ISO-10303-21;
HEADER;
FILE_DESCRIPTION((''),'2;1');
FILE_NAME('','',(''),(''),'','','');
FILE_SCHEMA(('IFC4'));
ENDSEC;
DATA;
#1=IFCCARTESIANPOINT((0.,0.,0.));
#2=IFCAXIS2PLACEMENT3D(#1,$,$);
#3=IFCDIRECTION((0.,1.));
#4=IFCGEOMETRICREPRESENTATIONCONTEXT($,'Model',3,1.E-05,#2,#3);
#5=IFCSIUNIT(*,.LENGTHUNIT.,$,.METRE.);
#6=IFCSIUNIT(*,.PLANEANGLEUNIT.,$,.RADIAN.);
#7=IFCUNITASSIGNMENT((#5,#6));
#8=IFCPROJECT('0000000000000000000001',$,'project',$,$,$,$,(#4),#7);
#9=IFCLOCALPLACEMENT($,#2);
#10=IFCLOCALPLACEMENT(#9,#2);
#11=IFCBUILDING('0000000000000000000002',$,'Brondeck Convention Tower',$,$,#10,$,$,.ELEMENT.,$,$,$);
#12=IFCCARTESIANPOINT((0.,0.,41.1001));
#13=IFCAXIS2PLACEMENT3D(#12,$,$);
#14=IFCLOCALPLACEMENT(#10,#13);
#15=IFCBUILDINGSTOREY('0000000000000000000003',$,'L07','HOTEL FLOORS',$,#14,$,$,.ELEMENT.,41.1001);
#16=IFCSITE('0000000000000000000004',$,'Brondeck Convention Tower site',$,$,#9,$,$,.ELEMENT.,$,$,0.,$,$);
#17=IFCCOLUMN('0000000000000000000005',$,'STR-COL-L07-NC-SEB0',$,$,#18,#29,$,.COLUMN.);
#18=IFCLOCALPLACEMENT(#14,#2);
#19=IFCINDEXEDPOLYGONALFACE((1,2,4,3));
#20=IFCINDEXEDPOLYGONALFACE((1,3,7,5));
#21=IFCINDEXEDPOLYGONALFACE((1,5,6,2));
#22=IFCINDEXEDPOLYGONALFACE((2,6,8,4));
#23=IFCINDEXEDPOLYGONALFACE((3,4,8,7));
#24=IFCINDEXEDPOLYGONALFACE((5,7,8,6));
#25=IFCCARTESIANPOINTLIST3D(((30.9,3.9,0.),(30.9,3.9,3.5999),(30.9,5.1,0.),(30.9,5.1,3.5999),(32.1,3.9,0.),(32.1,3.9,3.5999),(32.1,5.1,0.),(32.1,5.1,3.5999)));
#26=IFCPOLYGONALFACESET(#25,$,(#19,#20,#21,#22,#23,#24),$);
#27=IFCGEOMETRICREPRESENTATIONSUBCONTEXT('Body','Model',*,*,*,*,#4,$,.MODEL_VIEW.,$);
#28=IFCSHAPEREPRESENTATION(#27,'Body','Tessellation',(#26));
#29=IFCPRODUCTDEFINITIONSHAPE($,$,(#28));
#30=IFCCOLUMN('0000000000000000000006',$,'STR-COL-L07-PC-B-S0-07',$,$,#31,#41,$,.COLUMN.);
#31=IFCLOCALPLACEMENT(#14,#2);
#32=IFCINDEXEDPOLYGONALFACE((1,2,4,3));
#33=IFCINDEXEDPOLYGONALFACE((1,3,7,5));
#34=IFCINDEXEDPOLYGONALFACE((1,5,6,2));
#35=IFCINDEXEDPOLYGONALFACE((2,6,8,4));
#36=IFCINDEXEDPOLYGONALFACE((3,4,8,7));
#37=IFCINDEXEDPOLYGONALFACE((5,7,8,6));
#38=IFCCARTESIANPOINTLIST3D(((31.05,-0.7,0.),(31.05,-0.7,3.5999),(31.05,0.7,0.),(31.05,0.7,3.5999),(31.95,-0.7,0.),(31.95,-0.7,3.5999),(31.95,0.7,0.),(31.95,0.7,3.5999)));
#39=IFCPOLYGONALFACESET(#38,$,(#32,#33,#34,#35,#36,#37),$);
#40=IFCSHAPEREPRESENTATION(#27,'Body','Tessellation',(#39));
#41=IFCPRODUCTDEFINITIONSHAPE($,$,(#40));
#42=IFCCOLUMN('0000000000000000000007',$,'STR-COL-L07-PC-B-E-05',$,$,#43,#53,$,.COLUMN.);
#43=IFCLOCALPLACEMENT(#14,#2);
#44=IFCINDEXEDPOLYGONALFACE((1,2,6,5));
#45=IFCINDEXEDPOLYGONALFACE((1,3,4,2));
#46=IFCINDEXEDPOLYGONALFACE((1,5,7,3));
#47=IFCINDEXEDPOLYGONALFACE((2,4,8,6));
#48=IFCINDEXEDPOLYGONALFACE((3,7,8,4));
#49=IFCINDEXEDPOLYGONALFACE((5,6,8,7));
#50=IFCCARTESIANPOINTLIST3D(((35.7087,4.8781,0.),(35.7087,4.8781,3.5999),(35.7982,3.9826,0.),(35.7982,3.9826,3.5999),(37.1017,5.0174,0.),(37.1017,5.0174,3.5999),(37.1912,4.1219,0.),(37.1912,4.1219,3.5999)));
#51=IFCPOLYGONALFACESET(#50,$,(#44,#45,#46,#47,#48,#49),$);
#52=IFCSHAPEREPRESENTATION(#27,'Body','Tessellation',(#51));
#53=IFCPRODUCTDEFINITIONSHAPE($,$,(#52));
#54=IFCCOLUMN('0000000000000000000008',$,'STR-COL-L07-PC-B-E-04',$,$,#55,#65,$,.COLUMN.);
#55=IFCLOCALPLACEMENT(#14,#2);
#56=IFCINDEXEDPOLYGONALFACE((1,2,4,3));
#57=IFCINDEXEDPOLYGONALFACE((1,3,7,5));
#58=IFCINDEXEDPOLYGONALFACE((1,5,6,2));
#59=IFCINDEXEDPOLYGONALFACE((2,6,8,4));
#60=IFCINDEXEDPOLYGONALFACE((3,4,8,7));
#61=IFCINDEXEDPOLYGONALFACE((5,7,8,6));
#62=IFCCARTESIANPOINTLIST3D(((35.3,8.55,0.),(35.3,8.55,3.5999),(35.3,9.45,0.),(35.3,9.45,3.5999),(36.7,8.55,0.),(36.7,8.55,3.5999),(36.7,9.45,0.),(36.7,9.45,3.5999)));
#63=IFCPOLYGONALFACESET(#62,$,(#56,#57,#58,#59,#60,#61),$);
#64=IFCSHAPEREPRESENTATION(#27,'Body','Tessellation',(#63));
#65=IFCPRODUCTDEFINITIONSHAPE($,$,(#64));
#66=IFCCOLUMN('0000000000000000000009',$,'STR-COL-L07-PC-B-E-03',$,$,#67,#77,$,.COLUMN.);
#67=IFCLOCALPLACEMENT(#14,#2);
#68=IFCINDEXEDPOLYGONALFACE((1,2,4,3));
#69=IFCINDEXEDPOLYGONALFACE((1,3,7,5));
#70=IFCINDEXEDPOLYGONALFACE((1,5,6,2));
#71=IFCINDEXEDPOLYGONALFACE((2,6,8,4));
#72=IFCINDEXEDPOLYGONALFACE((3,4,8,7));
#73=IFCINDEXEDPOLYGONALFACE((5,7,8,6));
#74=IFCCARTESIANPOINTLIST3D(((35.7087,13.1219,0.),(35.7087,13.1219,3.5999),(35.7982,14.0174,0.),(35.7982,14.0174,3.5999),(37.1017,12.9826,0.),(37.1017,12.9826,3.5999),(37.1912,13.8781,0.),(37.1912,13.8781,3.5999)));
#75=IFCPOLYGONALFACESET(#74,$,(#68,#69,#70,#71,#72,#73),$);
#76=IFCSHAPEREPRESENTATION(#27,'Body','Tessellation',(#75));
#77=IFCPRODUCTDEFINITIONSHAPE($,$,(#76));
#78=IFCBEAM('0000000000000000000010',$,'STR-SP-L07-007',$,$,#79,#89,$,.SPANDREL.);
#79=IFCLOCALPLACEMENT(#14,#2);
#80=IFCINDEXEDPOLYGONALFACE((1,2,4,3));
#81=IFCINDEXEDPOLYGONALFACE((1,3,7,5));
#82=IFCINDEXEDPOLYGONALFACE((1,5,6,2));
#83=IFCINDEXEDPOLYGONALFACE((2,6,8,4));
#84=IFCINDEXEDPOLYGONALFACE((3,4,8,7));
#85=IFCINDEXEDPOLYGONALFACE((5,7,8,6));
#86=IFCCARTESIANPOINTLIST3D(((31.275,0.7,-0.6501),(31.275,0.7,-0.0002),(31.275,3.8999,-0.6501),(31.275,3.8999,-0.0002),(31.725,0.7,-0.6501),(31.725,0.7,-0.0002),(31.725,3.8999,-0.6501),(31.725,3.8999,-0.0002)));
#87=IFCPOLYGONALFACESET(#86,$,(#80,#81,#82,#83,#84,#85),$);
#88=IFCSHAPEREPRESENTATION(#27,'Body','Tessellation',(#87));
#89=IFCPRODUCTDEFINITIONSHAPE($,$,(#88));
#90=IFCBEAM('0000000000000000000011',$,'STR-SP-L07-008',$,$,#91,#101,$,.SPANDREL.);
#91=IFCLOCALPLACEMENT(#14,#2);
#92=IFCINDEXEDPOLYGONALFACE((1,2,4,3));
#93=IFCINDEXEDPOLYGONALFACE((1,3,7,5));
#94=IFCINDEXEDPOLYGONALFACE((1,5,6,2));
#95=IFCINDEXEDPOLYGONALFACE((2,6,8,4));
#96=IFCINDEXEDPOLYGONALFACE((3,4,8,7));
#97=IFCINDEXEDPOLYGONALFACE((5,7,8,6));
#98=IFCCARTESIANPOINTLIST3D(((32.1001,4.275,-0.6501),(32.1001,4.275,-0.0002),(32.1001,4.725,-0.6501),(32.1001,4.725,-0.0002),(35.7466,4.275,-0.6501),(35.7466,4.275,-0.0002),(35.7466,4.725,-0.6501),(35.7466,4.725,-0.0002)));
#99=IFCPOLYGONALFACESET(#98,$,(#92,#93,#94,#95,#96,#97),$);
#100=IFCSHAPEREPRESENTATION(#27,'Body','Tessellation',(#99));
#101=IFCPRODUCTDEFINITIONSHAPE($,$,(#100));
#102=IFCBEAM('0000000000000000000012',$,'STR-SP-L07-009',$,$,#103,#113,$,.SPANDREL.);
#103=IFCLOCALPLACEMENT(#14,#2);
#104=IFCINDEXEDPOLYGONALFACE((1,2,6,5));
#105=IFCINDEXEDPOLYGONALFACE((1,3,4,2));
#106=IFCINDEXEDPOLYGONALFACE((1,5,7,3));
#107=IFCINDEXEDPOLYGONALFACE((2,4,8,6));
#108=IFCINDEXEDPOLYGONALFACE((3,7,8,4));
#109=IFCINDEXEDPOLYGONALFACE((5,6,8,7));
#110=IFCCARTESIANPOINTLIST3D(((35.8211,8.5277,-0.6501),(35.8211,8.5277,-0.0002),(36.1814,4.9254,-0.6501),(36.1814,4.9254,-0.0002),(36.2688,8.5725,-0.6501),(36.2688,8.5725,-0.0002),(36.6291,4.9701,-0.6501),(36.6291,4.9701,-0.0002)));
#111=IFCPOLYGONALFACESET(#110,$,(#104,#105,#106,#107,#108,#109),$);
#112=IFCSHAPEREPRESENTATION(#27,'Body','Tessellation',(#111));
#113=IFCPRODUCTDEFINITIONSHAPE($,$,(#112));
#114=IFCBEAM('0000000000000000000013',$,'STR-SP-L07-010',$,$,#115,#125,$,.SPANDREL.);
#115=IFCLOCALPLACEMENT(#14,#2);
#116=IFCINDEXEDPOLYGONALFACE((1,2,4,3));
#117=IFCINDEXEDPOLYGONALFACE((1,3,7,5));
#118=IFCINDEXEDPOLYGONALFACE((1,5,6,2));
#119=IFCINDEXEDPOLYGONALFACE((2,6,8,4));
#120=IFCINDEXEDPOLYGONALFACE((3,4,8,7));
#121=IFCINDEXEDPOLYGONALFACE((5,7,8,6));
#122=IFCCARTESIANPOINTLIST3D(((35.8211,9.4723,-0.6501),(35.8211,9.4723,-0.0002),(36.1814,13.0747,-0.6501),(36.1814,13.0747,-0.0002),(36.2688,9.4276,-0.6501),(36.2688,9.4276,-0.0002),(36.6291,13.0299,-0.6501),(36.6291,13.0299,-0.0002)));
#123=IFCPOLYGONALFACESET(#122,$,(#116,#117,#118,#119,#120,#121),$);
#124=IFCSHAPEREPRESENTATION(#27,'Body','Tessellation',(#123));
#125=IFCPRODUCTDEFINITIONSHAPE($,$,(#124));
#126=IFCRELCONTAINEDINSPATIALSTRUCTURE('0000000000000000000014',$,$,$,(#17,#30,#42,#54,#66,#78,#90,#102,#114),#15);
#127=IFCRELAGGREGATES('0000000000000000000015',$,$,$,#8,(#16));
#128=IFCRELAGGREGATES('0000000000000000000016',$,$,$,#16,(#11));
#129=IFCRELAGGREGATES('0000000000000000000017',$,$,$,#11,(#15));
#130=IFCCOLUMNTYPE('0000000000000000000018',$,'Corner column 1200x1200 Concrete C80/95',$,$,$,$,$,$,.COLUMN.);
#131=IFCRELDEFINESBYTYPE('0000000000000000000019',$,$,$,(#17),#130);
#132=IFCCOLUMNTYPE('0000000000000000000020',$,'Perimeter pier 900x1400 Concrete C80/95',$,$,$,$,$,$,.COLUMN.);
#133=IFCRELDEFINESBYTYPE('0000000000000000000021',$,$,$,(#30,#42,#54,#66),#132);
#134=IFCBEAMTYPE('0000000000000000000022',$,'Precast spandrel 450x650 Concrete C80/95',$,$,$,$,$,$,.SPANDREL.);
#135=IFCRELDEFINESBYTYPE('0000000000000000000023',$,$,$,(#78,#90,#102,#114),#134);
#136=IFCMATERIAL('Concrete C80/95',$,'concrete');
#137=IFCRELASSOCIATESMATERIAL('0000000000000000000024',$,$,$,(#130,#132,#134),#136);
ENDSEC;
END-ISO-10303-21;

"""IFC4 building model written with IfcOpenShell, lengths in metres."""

from ifc_helpers import new_model, si_unit, direction, frame, origin, origin_2d, place, context, subcontext, project, spatial, rectangle, extrude, material, material_profile, profile_set, type_object, element, save


model = new_model("IFC4")

# Units and contexts
model_context = context("Model", 3, precision=1e-05, world=origin(), true_north=direction((0.0, 1.0)))
body_context = subcontext(model_context, "Body", "Model", "MODEL_VIEW")
ifc_project = project(units=[si_unit("LENGTHUNIT", "METRE"), si_unit("PLANEANGLEUNIT", "RADIAN")], contexts=[model_context])

# Site, building, storey
site_placement = place(None, origin())
site = spatial("IfcSite", under=ifc_project, at=site_placement, Name="Brondeck Convention Tower site", CompositionType="ELEMENT", RefElevation=0.0)
building_placement = place(site_placement, origin())
building = spatial("IfcBuilding", under=site, at=building_placement, Name="Brondeck Convention Tower", CompositionType="ELEMENT")
storey_placement = place(building_placement, frame((0.0, 0.0, 41.1001)))
storey = spatial("IfcBuildingStorey", under=building, at=storey_placement, Name="L07", Description="HOTEL FLOORS", CompositionType="ELEMENT", Elevation=41.1001)

# Columns
ifc_material_1 = material(Name="Concrete C80/95", Category="concrete")
ifc_material_profile_1 = material_profile(ifc_material_1, rectangle(XDim=1.2, YDim=1.2, at=origin_2d()), Name="Corner column 1200x1200 Concrete C80/95")
ifc_profile_set_1 = profile_set([ifc_material_profile_1], Name="Concrete C80/95")
column_type_1 = type_object("IfcColumnType", Name="Corner column 1200x1200 Concrete C80/95", PredefinedType="COLUMN", material=ifc_profile_set_1)
column_placement = place(storey_placement, frame((31.5, 4.5, 0.0), z_axis=(0.0, 0.0, 1.0), x_axis=(1.0, 0.0, 0.0)))
element("IfcColumn", 1, at=column_placement, inside=storey, type_object=column_type_1, Name="STR-COL-L07-NC-SEB0", PredefinedType="COLUMN", context=body_context, shape_type="SweptSolid", body=[
    extrude(rectangle(XDim=1.2, YDim=1.2, at=origin_2d()), origin(), (0.0, 0.0, 1.0), 3.5999),
])
ifc_material_profile_2 = material_profile(ifc_material_1, rectangle(XDim=0.8999, YDim=1.3999, at=origin_2d()), Name="Perimeter pier 900x1400 Concrete C80/95")
ifc_profile_set_2 = profile_set([ifc_material_profile_2], Name="Concrete C80/95")
column_type_2 = type_object("IfcColumnType", Name="Perimeter pier 900x1400 Concrete C80/95", PredefinedType="COLUMN", material=ifc_profile_set_2)
for number, where, z_axis, x_axis, name in (
    (2, (31.5, 0.0, 0.0), (0.0, 0.0, 1.0), (1.0, 0.0, 0.0), "STR-COL-L07-PC-B-S0-07"),
    (3, (36.45, 4.5, 0.0), (0.0, 0.0, 1.0), (-0.099504, 0.995037, 0.0), "STR-COL-L07-PC-B-E-05"),
    (4, (36.0, 9.0, 0.0), (0.0, 0.0, 1.0), (0.0, 1.0, 0.0), "STR-COL-L07-PC-B-E-04"),
    (5, (36.45, 13.5, 0.0), (0.0, 0.0, 1.0), (0.099504, 0.995037, 0.0), "STR-COL-L07-PC-B-E-03"),
):
    element("IfcColumn", number, at=place(storey_placement, frame(where, z_axis=z_axis, x_axis=x_axis)), inside=storey, type_object=column_type_2, Name=name, PredefinedType="COLUMN", context=body_context, shape_type="SweptSolid", body=[
        extrude(rectangle(XDim=0.8999, YDim=1.3999, at=origin_2d()), origin(), (0.0, 0.0, 1.0), 3.5999),
    ])

# Beams
ifc_material_profile_3 = material_profile(ifc_material_1, rectangle(XDim=0.45, YDim=0.6499, at=origin_2d()), Name="Precast spandrel 450x650 Concrete C80/95")
ifc_profile_set_3 = profile_set([ifc_material_profile_3], Name="Concrete C80/95")
beam_type = type_object("IfcBeamType", Name="Precast spandrel 450x650 Concrete C80/95", PredefinedType="SPANDREL", material=ifc_profile_set_3)
beam_1_placement = place(storey_placement, frame((31.5, 0.7, -0.3252), z_axis=(0.0, 1.0, 0.0), x_axis=(-1.0, 0.0, 0.0)))
element("IfcBeam", 6, at=beam_1_placement, inside=storey, type_object=beam_type, Name="STR-SP-L07-007", PredefinedType="SPANDREL", context=body_context, shape_type="SweptSolid", body=[
    extrude(rectangle(XDim=0.45, YDim=0.6499, at=origin_2d()), origin(), (0.0, 0.0, 1.0), 3.2),
])
beam_2_placement = place(storey_placement, frame((32.1001, 4.5, -0.3252), z_axis=(1.0, 0.0, 0.0), x_axis=(0.0, 1.0, 0.0)))
element("IfcBeam", 7, at=beam_2_placement, inside=storey, type_object=beam_type, Name="STR-SP-L07-008", PredefinedType="SPANDREL", context=body_context, shape_type="SweptSolid", body=[
    extrude(rectangle(XDim=0.45, YDim=0.6499, at=origin_2d()), origin(), (0.0, 0.0, 1.0), 3.6465),
])
for number, where, z_axis, x_axis, name in (
    (8, (36.4053, 4.9478, -0.3252), (-0.099537, 0.995034, 0.0), (-0.995034, -0.099537, 0.0), "STR-SP-L07-009"),
    (9, (36.0449, 9.45, -0.3252), (0.099537, 0.995034, 0.0), (-0.995034, 0.099537, 0.0), "STR-SP-L07-010"),
):
    element("IfcBeam", number, at=place(storey_placement, frame(where, z_axis=z_axis, x_axis=x_axis)), inside=storey, type_object=beam_type, Name=name, PredefinedType="SPANDREL", context=body_context, shape_type="SweptSolid", body=[
        extrude(rectangle(XDim=0.45, YDim=0.6499, at=origin_2d()), origin(), (0.0, 0.0, 1.0), 3.6204),
    ])

save(model, "model.ifc")
